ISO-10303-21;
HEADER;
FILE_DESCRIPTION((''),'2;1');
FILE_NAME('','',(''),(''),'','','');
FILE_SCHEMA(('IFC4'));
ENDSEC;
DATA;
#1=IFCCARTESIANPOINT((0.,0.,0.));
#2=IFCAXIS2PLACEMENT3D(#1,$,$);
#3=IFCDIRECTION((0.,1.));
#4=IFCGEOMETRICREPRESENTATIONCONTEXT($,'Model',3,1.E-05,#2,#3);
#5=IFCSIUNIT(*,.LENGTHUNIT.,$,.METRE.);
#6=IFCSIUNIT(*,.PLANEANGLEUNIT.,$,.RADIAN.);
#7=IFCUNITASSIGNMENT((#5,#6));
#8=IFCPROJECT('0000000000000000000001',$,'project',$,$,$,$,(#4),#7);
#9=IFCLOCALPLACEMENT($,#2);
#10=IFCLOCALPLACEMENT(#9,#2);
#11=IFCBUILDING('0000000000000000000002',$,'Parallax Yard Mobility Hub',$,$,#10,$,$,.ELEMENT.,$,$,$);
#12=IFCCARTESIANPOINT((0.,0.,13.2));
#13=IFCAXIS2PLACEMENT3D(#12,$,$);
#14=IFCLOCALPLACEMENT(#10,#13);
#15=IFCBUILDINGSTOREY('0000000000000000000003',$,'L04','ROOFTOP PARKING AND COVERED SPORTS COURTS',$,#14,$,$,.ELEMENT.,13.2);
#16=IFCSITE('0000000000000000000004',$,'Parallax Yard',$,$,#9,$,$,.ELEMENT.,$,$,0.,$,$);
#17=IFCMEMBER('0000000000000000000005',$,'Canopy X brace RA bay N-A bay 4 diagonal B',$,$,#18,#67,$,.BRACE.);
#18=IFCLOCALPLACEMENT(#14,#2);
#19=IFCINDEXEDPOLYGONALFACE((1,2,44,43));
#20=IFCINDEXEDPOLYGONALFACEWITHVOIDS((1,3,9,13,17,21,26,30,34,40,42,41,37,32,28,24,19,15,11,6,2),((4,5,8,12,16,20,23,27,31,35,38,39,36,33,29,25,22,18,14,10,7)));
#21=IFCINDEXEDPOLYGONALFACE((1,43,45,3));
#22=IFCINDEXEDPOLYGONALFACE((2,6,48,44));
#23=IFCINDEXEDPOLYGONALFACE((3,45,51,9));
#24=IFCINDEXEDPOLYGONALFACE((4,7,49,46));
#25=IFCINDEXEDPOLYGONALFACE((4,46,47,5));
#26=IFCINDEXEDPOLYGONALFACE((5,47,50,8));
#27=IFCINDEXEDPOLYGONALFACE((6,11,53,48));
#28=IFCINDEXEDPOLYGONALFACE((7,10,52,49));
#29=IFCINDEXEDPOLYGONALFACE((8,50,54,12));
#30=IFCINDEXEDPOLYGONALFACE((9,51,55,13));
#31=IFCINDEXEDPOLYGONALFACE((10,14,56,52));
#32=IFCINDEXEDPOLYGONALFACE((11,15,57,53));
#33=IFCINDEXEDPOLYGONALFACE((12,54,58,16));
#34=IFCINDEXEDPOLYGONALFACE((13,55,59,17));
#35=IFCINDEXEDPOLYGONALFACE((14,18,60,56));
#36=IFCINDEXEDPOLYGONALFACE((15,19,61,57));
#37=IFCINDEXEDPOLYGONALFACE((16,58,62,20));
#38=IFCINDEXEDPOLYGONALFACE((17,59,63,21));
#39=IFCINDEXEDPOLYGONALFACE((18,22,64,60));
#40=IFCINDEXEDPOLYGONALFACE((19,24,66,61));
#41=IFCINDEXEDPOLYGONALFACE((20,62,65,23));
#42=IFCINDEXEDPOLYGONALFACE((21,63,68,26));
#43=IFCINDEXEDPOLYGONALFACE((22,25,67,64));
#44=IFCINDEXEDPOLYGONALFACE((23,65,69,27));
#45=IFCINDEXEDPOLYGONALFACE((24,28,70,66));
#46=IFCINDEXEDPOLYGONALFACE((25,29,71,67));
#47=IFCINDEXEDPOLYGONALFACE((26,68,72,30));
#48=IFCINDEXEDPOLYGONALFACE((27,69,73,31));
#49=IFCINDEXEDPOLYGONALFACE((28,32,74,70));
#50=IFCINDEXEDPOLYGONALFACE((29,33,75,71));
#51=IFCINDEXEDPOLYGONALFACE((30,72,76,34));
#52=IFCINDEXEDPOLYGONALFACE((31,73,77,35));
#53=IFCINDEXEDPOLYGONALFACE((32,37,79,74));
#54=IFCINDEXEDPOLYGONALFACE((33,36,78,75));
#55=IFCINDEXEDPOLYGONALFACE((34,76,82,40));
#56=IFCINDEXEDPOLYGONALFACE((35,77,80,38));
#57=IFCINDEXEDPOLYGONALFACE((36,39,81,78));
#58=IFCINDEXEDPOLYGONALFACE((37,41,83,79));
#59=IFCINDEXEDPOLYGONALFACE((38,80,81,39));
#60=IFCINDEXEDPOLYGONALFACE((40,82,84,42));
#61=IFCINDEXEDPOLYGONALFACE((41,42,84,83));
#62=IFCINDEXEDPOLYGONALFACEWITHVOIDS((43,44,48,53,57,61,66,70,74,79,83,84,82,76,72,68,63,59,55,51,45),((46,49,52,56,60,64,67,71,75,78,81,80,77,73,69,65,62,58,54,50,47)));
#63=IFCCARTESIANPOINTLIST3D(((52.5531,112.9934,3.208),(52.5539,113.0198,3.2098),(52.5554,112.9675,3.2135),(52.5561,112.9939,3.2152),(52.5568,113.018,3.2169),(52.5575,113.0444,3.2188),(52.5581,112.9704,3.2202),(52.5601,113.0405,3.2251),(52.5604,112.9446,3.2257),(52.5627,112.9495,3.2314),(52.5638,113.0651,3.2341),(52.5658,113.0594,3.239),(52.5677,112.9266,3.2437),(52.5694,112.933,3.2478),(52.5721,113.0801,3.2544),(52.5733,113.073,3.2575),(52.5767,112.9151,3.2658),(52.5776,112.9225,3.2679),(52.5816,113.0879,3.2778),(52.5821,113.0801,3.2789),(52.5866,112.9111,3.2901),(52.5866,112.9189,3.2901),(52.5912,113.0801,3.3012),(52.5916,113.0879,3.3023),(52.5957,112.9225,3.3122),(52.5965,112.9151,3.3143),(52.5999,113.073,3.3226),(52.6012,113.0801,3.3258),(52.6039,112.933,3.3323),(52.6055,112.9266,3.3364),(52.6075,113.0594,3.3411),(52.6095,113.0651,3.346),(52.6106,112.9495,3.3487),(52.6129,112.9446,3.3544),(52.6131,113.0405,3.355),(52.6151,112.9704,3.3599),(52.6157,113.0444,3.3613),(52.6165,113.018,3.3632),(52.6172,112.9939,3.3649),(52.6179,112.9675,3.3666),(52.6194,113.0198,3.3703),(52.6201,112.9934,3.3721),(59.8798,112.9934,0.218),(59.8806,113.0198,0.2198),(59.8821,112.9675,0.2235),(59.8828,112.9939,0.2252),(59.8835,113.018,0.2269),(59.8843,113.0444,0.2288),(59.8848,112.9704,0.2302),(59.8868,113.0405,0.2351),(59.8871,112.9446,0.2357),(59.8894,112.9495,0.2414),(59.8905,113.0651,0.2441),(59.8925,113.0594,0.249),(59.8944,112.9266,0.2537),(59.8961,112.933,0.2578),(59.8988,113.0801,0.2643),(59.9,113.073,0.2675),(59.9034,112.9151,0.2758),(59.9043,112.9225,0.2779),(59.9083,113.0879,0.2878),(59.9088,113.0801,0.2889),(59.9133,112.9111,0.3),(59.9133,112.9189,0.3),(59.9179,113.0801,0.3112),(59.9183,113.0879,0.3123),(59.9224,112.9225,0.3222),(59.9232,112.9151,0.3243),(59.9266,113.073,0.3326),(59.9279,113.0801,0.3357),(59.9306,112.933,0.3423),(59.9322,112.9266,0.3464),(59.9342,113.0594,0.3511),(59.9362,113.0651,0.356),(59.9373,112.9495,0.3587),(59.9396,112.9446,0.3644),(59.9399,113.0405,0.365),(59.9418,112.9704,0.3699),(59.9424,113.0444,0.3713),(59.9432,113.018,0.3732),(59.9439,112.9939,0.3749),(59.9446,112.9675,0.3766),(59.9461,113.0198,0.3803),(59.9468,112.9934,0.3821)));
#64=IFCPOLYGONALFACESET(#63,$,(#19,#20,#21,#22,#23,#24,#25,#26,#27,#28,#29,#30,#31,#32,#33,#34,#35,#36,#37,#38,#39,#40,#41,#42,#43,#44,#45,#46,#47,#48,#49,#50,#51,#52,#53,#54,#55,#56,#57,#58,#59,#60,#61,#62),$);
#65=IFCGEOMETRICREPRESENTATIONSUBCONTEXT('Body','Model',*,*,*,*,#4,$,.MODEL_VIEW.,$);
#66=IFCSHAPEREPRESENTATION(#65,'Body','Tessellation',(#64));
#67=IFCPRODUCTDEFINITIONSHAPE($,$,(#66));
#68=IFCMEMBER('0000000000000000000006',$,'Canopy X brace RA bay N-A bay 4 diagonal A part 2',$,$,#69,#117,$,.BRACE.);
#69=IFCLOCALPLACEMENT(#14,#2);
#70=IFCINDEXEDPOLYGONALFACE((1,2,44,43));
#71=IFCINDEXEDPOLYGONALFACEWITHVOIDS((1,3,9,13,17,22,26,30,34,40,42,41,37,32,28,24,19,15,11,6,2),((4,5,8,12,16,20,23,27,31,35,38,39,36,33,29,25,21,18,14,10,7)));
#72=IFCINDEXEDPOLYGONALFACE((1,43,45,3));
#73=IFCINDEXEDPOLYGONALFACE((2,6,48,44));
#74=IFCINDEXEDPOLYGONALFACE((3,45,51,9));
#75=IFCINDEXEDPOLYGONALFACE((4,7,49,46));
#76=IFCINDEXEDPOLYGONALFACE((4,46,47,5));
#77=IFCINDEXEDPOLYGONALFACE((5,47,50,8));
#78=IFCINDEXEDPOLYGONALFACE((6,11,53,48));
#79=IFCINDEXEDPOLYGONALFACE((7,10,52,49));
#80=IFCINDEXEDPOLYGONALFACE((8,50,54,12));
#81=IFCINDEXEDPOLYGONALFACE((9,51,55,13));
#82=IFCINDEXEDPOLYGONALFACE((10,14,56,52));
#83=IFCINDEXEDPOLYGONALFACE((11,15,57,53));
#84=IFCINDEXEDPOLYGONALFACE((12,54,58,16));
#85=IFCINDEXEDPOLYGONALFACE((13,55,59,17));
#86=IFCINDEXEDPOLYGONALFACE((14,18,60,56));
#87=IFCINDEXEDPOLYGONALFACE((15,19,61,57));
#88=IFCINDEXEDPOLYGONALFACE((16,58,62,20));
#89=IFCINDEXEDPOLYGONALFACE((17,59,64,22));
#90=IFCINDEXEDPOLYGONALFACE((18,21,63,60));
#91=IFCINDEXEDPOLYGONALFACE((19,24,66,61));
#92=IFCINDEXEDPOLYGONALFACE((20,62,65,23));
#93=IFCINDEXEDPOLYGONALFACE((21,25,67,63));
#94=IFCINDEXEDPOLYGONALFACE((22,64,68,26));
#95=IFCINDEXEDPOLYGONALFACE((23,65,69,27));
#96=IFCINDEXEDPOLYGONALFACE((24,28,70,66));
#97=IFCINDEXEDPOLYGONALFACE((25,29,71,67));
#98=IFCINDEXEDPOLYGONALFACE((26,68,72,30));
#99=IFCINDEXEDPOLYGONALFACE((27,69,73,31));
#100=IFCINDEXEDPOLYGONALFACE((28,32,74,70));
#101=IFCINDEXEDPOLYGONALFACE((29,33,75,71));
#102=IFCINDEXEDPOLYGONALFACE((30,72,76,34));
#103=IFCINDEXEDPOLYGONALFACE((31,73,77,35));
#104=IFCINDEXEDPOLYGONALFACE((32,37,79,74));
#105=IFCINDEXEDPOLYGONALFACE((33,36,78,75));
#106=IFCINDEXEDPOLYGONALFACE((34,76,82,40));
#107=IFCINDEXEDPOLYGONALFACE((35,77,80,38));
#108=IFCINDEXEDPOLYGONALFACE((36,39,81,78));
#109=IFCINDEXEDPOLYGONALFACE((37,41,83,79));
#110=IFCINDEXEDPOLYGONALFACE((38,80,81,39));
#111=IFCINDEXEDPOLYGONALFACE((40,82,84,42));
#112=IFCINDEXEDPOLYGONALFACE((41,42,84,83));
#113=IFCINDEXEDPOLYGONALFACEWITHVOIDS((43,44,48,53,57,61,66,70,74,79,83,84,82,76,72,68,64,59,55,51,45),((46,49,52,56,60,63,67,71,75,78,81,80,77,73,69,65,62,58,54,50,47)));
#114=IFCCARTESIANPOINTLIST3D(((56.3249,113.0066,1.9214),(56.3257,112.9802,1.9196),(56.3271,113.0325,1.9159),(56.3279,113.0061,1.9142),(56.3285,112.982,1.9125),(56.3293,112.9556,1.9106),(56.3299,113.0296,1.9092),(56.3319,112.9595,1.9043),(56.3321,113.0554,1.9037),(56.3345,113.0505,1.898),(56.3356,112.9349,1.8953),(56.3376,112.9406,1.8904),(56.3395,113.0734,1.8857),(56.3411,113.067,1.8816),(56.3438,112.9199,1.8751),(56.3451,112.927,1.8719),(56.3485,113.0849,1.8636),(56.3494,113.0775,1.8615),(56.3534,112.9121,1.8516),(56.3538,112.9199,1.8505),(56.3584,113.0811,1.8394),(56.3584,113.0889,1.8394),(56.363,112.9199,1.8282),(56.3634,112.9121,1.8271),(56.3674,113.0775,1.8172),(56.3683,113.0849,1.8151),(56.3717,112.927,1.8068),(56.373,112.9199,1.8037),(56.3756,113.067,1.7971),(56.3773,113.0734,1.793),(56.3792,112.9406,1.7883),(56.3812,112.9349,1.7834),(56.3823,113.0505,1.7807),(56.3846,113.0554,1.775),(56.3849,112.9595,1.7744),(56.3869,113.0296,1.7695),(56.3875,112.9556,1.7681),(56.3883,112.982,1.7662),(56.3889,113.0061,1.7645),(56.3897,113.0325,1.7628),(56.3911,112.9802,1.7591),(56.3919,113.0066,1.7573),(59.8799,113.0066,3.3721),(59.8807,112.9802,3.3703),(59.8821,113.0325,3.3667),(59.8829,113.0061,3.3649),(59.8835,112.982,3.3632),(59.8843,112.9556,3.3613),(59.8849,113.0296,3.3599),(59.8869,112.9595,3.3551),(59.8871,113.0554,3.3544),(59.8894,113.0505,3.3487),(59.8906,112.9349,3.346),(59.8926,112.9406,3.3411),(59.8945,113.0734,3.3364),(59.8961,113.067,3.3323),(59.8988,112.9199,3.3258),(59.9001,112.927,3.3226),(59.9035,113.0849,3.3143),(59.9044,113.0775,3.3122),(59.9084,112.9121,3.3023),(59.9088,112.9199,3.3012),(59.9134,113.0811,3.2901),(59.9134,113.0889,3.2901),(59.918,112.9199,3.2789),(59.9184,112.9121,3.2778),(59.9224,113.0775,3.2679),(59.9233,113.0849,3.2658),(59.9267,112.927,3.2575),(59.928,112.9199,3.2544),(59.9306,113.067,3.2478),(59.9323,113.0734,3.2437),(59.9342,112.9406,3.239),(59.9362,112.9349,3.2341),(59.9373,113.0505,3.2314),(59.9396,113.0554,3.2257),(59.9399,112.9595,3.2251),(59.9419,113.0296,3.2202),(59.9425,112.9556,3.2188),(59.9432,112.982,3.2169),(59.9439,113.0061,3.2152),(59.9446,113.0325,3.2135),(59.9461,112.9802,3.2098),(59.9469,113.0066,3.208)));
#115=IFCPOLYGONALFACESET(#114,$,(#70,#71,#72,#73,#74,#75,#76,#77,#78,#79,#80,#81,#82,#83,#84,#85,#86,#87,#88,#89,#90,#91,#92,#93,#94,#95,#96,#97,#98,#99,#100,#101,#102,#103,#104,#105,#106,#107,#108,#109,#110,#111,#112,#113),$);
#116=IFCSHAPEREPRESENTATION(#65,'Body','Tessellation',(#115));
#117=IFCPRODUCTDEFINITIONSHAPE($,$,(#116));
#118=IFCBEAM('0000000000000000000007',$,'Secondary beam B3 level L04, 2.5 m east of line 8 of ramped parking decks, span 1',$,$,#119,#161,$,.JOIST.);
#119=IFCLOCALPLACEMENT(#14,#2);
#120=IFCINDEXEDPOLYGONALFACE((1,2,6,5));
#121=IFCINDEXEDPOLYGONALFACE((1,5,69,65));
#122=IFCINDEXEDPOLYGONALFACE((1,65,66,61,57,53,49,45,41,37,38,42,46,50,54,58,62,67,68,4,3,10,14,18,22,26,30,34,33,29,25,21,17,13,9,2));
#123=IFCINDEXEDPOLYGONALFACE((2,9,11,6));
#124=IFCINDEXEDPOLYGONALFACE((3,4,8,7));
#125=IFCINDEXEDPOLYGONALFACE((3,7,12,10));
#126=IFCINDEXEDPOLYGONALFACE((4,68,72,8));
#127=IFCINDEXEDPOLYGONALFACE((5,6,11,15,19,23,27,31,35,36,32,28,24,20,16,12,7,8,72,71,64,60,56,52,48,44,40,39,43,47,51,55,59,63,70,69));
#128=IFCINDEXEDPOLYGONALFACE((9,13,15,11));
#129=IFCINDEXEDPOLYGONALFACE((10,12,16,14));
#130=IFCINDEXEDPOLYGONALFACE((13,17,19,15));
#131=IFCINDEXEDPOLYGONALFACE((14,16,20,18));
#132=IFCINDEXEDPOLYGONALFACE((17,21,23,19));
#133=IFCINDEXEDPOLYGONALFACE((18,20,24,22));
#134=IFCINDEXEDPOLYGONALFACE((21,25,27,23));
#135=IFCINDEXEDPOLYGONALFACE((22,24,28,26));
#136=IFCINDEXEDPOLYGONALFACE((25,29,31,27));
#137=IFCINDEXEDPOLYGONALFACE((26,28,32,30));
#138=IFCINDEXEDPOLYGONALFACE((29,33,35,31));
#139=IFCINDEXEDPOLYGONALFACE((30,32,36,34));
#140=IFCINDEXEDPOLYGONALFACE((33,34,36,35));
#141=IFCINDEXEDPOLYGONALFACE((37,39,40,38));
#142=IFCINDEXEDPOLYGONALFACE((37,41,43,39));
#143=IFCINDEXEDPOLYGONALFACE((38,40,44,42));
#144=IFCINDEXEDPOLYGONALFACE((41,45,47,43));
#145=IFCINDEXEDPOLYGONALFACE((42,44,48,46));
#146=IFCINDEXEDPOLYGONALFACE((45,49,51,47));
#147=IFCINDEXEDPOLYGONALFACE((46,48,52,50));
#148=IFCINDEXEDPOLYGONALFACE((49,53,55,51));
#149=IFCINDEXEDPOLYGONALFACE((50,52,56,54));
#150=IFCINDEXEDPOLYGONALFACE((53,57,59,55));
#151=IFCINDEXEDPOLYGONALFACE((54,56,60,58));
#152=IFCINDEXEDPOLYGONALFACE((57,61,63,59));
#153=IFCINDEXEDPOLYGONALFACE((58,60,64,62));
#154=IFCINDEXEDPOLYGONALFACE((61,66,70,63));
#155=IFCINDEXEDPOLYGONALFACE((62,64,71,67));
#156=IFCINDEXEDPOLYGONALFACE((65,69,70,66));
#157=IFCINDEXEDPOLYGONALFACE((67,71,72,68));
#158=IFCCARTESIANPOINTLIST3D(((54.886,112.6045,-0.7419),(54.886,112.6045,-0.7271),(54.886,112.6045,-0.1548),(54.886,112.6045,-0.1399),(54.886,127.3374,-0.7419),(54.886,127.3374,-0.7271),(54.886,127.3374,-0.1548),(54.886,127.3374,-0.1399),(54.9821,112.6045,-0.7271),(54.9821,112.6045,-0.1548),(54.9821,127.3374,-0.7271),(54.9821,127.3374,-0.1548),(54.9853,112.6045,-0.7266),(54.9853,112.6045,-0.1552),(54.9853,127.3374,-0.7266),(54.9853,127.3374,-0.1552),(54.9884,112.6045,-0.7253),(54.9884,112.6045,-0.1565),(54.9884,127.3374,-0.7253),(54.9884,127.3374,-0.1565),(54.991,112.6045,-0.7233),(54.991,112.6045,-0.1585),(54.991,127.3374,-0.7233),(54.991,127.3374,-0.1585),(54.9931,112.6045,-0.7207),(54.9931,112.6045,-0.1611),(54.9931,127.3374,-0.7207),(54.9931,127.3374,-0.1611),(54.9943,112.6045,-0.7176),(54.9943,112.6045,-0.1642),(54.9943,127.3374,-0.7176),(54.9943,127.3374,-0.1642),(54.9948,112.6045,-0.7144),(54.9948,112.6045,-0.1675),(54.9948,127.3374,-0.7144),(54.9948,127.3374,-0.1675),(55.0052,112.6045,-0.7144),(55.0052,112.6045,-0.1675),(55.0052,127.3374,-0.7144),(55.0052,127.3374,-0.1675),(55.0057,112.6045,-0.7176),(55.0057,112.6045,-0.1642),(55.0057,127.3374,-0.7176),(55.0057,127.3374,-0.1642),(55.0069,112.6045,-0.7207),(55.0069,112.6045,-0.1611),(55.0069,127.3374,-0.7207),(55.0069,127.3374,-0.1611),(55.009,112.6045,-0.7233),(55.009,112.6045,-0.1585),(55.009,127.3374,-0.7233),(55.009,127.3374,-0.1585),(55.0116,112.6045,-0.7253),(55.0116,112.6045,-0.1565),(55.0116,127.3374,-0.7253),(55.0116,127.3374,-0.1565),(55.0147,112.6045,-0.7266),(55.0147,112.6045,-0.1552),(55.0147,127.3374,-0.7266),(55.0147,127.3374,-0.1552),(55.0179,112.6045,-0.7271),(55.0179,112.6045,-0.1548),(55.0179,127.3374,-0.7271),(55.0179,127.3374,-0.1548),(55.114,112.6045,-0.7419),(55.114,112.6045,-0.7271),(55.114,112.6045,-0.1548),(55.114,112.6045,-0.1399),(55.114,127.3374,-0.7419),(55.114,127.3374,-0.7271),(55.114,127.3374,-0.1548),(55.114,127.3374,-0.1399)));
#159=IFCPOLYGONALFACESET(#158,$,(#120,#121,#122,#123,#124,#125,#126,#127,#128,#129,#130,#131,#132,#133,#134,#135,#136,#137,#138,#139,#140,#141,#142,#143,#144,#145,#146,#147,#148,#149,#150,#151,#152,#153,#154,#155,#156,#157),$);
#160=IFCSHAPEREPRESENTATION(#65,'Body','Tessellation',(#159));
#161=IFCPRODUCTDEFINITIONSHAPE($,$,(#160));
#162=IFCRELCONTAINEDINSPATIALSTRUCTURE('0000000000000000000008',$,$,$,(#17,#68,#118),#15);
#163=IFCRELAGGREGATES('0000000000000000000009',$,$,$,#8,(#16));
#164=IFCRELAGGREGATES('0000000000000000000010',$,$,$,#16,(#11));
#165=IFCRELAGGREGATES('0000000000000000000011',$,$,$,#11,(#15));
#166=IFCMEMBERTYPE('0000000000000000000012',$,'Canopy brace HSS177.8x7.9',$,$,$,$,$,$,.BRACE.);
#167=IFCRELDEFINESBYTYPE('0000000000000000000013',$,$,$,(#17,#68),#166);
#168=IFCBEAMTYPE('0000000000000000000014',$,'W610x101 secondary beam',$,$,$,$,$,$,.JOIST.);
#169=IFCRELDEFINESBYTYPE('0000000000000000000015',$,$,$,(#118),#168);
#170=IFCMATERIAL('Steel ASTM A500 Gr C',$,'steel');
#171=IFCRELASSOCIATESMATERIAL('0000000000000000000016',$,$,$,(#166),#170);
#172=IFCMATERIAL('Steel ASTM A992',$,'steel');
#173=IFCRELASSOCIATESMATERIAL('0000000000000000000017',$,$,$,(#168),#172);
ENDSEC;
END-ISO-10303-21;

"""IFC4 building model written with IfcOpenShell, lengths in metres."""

from ifc_helpers import new_model, si_unit, direction, frame, origin, origin_2d, place, context, subcontext, project, spatial, hollow_circle, i_section, extrude, material, material_profile, profile_set, type_object, element, save


model = new_model("IFC4")

# Units and contexts
model_context = context("Model", 3, precision=1e-05, world=origin(), true_north=direction((0.0, 1.0)))
body_context = subcontext(model_context, "Body", "Model", "MODEL_VIEW")
ifc_project = project(units=[si_unit("LENGTHUNIT", "METRE"), si_unit("PLANEANGLEUNIT", "RADIAN")], contexts=[model_context])

# Site, building, storey
site_placement = place(None, origin())
site = spatial("IfcSite", under=ifc_project, at=site_placement, Name="Parallax Yard", CompositionType="ELEMENT", RefElevation=0.0)
building_placement = place(site_placement, origin())
building = spatial("IfcBuilding", under=site, at=building_placement, Name="Parallax Yard Mobility Hub", CompositionType="ELEMENT")
storey_placement = place(building_placement, frame((0.0, 0.0, 13.2)))
storey = spatial("IfcBuildingStorey", under=building, at=storey_placement, Name="L04", Description="ROOFTOP PARKING AND COVERED SPORTS COURTS", CompositionType="ELEMENT", Elevation=13.2)

# Members
ifc_material_1 = material(Name="Steel ASTM A500 Gr C", Category="steel")
ifc_material_profile_1 = material_profile(ifc_material_1, hollow_circle(Radius=0.0889, WallThickness=0.0078, at=origin_2d()), Name="HSS177.8x7.9")
ifc_profile_set_1 = profile_set([ifc_material_profile_1], Name="Steel ASTM A500 Gr C")
member_type = type_object("IfcMemberType", Name="Canopy brace HSS177.8x7.9", PredefinedType="BRACE", material=ifc_profile_set_1)
member_1_placement = place(storey_placement, frame((59.9133, 113.0, 0.3), z_axis=(-0.925869, 0.0, 0.377845), x_axis=(0.0, -1.0, 0.0)))
element("IfcMember", 1, at=member_1_placement, inside=storey, type_object=member_type, Name="Canopy X brace RA bay N-A bay 4 diagonal B", PredefinedType="BRACE", context=body_context, shape_type="SweptSolid", body=[
    extrude(hollow_circle(Radius=0.0889, WallThickness=0.0078, at=origin_2d()), origin(), (0.0, 0.0, 1.0), 7.9133),
])
member_2_placement = place(storey_placement, frame((56.3584, 113.0, 1.8394), z_axis=(0.925876, 0.0, 0.377828), x_axis=(0.0, 1.0, 0.0)))
element("IfcMember", 2, at=member_2_placement, inside=storey, type_object=member_type, Name="Canopy X brace RA bay N-A bay 4 diagonal A part 2", PredefinedType="BRACE", context=body_context, shape_type="SweptSolid", body=[
    extrude(hollow_circle(Radius=0.0889, WallThickness=0.0078, at=origin_2d()), origin(), (0.0, 0.0, 1.0), 3.8396),
])

# Beam
ifc_material_2 = material(Name="Steel ASTM A992", Category="steel")
ifc_material_profile_2 = material_profile(ifc_material_2, i_section(OverallWidth=0.228, OverallDepth=0.6021, WebThickness=0.0105, FlangeThickness=0.0149, FilletRadius=0.0127, at=origin_2d()), Name="W610x101")
ifc_profile_set_2 = profile_set([ifc_material_profile_2], Name="Steel ASTM A992")
beam_type = type_object("IfcBeamType", Name="W610x101 secondary beam", PredefinedType="JOIST", material=ifc_profile_set_2)
for number, where, z_axis, x_axis, name in (
    (3, (55.0, 112.6045, -0.4409), (0.0, 1.0, 0.0), (-1.0, 0.0, 0.0), "Secondary beam B3 level L04, 2.5 m east of line 8 of ramped parking decks, span 1"),
):
    element("IfcBeam", number, at=place(storey_placement, frame(where, z_axis=z_axis, x_axis=x_axis)), inside=storey, type_object=beam_type, Name=name, PredefinedType="JOIST", context=body_context, shape_type="SweptSolid", body=[
        extrude(i_section(OverallWidth=0.228, OverallDepth=0.6021, WebThickness=0.0105, FlangeThickness=0.0149, FilletRadius=0.0127, at=origin_2d()), origin(), (0.0, 0.0, 1.0), 14.7329),
    ])

save(model, "model.ifc")
